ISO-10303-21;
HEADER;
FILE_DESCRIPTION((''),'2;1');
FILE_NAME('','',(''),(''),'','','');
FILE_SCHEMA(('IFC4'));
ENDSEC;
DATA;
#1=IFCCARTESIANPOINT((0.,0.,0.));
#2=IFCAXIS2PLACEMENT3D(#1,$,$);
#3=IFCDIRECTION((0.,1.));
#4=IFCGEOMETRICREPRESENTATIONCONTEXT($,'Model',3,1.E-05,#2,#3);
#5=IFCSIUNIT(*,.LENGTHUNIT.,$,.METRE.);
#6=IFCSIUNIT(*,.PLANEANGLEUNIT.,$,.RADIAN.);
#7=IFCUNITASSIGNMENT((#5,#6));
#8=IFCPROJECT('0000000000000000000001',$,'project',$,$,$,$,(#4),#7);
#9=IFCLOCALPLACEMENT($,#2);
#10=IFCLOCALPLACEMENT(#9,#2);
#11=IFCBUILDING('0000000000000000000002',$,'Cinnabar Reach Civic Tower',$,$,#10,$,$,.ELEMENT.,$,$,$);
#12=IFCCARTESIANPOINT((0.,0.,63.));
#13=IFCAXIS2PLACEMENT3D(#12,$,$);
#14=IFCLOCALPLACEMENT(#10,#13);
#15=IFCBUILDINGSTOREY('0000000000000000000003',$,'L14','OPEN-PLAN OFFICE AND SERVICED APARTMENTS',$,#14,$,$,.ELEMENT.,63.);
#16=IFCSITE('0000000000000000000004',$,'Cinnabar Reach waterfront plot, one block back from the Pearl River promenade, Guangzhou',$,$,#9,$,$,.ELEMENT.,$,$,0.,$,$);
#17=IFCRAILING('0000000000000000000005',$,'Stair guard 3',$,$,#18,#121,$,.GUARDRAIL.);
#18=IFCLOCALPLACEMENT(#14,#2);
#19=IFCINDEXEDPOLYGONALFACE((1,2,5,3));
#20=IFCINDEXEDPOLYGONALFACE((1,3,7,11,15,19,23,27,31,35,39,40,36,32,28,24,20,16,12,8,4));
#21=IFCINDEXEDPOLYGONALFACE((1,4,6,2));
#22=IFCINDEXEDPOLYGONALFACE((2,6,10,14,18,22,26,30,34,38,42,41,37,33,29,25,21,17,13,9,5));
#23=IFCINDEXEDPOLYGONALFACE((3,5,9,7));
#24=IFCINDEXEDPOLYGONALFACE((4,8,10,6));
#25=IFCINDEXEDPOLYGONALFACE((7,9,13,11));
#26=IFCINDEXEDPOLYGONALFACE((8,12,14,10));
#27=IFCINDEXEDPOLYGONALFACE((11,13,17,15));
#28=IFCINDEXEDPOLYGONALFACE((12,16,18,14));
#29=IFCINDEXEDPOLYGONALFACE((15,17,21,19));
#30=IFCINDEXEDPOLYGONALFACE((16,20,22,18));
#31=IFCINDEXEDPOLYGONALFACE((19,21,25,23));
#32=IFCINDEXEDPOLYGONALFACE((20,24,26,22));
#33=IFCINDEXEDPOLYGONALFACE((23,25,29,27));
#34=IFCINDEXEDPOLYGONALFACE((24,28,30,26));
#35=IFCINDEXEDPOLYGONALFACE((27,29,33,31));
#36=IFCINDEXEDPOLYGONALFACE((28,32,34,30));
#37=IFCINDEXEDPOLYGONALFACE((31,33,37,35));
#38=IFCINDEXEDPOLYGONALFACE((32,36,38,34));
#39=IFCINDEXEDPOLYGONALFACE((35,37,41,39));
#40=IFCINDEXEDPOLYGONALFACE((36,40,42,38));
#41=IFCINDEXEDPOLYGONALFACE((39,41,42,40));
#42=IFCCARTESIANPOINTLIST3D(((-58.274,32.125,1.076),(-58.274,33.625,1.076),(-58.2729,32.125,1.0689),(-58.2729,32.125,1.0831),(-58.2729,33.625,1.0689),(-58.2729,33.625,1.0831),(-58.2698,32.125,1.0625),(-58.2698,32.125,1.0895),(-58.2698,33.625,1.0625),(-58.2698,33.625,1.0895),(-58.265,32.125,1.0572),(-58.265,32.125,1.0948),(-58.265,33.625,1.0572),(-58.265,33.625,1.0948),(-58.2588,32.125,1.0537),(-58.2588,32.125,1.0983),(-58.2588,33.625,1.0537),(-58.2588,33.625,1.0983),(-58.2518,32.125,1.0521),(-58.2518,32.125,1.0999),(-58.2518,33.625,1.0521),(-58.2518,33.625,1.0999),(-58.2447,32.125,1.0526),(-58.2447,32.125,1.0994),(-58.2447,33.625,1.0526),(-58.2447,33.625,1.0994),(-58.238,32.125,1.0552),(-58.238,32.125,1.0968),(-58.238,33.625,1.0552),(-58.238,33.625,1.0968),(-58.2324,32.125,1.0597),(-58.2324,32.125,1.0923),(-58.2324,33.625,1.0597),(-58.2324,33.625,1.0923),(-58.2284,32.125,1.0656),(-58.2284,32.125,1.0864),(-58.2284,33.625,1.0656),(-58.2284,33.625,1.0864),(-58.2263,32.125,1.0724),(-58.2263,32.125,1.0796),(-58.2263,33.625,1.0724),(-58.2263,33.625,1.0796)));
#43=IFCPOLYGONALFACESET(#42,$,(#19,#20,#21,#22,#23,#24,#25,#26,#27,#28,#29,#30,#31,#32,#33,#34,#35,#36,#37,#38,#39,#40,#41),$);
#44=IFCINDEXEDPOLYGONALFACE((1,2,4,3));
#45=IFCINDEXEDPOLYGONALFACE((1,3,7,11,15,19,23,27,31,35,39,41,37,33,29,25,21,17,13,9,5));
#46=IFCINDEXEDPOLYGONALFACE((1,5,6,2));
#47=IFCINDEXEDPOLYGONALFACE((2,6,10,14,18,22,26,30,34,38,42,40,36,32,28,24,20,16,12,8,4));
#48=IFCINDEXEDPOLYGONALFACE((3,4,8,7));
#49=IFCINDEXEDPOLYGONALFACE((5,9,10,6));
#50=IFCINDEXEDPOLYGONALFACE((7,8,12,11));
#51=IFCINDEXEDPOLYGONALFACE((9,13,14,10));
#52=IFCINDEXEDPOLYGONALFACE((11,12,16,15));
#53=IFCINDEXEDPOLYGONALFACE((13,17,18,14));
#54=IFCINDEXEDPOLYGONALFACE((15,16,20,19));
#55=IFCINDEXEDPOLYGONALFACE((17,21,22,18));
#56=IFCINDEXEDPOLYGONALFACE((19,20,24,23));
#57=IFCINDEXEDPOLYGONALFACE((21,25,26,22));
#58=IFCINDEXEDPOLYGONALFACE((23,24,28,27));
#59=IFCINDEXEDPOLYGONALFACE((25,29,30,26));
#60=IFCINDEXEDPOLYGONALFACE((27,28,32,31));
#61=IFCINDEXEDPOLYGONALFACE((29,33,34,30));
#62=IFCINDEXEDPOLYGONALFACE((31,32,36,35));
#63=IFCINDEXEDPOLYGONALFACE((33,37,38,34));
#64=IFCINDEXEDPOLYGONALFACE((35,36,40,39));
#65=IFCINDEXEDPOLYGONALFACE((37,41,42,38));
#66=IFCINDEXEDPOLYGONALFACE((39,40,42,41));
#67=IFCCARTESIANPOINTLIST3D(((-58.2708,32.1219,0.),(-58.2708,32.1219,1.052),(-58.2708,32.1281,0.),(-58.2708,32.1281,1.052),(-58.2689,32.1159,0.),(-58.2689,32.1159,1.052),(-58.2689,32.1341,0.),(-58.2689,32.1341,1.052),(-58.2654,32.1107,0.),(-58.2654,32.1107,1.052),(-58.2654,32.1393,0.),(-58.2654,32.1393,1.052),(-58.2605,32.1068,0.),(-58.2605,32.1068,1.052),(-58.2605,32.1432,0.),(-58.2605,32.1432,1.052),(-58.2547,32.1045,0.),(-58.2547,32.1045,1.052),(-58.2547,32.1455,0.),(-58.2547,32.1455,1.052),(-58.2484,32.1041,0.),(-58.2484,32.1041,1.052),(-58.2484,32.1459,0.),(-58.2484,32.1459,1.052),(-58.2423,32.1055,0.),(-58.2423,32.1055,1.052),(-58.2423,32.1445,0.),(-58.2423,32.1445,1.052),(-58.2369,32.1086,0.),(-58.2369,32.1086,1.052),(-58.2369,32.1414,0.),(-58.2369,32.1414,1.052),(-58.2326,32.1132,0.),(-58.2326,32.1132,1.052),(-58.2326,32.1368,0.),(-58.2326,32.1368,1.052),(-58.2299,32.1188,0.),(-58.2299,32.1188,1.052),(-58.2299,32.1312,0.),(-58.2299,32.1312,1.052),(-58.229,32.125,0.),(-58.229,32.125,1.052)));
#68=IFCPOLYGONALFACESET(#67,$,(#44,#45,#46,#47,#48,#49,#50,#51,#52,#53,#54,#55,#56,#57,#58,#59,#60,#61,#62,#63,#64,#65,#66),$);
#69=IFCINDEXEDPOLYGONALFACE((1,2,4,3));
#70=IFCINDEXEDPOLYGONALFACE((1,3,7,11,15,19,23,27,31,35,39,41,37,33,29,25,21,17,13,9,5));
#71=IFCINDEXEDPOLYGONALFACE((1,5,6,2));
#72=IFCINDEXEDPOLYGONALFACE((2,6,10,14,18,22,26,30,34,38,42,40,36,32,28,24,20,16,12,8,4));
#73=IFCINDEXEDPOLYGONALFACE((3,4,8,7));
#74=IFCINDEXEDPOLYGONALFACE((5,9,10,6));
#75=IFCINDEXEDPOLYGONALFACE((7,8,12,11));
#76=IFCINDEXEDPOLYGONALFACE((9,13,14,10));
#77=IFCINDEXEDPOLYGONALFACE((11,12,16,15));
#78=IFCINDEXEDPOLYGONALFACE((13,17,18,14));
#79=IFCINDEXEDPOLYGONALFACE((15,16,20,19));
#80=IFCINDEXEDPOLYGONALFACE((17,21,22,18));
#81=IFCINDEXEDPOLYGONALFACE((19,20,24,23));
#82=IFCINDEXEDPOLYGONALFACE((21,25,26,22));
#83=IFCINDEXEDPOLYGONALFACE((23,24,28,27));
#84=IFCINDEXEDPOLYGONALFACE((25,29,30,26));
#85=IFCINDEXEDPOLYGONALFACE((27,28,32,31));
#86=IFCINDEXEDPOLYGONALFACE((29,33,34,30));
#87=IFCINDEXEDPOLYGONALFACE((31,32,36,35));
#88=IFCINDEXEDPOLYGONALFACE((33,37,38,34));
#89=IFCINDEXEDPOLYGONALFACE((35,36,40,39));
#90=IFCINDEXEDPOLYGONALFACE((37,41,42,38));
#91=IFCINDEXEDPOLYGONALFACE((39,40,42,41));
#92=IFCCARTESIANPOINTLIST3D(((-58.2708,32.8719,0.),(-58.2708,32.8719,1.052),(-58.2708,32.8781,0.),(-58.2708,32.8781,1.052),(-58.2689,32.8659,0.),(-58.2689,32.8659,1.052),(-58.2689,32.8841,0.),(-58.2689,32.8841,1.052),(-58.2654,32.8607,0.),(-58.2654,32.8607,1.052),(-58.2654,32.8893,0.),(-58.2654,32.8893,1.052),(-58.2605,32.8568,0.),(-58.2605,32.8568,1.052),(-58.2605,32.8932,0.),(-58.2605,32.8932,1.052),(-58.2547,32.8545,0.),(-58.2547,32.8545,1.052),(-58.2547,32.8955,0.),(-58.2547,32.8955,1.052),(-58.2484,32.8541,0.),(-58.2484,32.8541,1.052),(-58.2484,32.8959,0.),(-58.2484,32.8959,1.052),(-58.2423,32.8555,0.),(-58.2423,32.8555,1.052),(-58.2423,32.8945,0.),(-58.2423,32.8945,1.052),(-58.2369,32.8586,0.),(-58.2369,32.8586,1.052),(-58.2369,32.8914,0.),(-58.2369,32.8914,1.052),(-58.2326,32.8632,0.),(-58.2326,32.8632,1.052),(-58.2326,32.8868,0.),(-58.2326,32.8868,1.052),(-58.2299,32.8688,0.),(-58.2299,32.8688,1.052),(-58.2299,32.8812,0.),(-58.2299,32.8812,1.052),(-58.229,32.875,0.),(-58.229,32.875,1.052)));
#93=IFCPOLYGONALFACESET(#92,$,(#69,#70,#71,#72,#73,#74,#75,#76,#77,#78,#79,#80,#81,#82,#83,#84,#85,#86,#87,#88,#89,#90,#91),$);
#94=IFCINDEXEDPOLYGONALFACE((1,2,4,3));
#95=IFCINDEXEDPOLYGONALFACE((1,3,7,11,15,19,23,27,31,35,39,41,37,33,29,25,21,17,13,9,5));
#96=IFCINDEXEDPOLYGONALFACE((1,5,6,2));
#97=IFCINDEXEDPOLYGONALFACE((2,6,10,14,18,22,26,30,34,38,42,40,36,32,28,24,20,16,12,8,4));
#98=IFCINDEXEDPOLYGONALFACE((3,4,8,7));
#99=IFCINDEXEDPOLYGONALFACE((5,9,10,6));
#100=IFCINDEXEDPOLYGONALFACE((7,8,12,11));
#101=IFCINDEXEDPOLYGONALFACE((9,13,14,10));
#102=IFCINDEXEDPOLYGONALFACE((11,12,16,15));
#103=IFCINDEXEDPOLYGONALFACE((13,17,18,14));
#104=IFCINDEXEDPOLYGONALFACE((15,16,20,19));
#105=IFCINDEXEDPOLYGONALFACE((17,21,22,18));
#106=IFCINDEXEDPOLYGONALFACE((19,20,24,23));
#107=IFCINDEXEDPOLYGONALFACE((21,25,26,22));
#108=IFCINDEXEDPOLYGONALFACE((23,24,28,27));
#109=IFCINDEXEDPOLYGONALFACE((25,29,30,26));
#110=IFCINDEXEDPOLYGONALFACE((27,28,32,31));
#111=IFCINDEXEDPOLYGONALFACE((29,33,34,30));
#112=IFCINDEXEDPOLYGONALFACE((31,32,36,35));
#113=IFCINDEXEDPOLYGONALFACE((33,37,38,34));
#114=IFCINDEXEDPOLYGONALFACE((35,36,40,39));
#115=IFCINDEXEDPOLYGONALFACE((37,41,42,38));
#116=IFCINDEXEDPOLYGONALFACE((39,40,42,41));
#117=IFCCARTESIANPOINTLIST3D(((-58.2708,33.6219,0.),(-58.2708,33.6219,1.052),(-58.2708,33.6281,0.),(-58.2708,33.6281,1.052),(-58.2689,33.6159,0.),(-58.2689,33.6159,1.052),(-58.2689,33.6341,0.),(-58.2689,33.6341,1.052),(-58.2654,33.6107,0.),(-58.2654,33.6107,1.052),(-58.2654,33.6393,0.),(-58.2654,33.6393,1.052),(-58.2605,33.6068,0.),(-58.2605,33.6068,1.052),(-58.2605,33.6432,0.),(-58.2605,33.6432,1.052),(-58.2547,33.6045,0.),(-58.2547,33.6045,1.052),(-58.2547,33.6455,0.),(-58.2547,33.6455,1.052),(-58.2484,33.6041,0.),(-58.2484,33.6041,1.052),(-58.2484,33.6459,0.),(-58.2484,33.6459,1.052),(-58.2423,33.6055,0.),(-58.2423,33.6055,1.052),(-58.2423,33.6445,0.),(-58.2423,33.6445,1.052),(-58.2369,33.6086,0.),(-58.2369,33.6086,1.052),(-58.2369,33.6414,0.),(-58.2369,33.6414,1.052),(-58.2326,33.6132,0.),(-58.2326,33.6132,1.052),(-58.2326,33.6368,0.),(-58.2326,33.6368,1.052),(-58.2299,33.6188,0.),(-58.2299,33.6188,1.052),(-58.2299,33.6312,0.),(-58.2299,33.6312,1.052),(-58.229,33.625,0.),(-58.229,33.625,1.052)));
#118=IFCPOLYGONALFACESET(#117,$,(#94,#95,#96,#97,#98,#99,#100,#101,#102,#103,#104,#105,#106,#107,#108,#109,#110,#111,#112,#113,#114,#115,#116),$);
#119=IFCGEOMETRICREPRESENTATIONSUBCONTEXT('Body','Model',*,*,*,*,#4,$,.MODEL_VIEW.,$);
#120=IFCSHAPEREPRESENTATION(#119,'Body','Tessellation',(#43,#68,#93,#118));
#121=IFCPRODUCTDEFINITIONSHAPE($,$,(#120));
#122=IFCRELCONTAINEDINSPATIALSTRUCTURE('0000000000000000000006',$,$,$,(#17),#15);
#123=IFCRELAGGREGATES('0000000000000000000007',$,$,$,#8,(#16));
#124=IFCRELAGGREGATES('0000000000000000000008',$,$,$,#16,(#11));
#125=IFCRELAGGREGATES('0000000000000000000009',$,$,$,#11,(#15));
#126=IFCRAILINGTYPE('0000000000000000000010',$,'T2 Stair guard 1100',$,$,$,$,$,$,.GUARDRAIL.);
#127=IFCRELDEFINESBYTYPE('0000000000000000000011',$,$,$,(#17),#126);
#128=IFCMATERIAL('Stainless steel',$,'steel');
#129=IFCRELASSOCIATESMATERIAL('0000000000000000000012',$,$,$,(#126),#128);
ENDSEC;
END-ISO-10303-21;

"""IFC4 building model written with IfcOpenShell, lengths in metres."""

from ifc_helpers import new_model, si_unit, direction, frame, origin, origin_2d, place, context, subcontext, project, spatial, circle, extrude, material, type_object, element, save


model = new_model("IFC4")

# Units and contexts
model_context = context("Model", 3, precision=1e-05, world=origin(), true_north=direction((0.0, 1.0)))
body_context = subcontext(model_context, "Body", "Model", "MODEL_VIEW")
ifc_project = project(units=[si_unit("LENGTHUNIT", "METRE"), si_unit("PLANEANGLEUNIT", "RADIAN")], contexts=[model_context])

# Site, building, storey
site_placement = place(None, origin())
site = spatial("IfcSite", under=ifc_project, at=site_placement, Name="Cinnabar Reach waterfront plot, one block back from the Pearl River promenade, Guangzhou", CompositionType="ELEMENT", RefElevation=0.0)
building_placement = place(site_placement, origin())
building = spatial("IfcBuilding", under=site, at=building_placement, Name="Cinnabar Reach Civic Tower", CompositionType="ELEMENT")
storey_placement = place(building_placement, frame((0.0, 0.0, 63.0)))
storey = spatial("IfcBuildingStorey", under=building, at=storey_placement, Name="L14", Description="OPEN-PLAN OFFICE AND SERVICED APARTMENTS", CompositionType="ELEMENT", Elevation=63.0)

# Railing
ifc_material_1 = material(Name="Stainless steel", Category="steel")
railing_type = type_object("IfcRailingType", Name="T2 Stair guard 1100", PredefinedType="GUARDRAIL", material=ifc_material_1)
railing_1_placement = place(storey_placement, frame((-58.25, 32.125, 0.0)))
element("IfcRailing", 1, at=railing_1_placement, inside=storey, type_object=railing_type, Name="Stair guard 3", PredefinedType="GUARDRAIL", context=body_context, shape_type="SweptSolid", body=[
    extrude(circle(Radius=0.024, at=origin_2d()), frame((0.0, 0.0, 1.076), z_axis=(0.0, 1.0, 0.0), x_axis=(-1.0, 0.0, 0.0)), (0.0, 0.0, 1.0), 1.5),
    extrude(circle(Radius=0.021, at=origin_2d()), origin(), (0.0, 0.0, 1.0), 1.052),
    extrude(circle(Radius=0.021, at=origin_2d()), frame((0.0, 0.75, 0.0)), (0.0, 0.0, 1.0), 1.052),
    extrude(circle(Radius=0.021, at=origin_2d()), frame((0.0, 1.5, 0.0)), (0.0, 0.0, 1.0), 1.052),
])

save(model, "model.ifc")
